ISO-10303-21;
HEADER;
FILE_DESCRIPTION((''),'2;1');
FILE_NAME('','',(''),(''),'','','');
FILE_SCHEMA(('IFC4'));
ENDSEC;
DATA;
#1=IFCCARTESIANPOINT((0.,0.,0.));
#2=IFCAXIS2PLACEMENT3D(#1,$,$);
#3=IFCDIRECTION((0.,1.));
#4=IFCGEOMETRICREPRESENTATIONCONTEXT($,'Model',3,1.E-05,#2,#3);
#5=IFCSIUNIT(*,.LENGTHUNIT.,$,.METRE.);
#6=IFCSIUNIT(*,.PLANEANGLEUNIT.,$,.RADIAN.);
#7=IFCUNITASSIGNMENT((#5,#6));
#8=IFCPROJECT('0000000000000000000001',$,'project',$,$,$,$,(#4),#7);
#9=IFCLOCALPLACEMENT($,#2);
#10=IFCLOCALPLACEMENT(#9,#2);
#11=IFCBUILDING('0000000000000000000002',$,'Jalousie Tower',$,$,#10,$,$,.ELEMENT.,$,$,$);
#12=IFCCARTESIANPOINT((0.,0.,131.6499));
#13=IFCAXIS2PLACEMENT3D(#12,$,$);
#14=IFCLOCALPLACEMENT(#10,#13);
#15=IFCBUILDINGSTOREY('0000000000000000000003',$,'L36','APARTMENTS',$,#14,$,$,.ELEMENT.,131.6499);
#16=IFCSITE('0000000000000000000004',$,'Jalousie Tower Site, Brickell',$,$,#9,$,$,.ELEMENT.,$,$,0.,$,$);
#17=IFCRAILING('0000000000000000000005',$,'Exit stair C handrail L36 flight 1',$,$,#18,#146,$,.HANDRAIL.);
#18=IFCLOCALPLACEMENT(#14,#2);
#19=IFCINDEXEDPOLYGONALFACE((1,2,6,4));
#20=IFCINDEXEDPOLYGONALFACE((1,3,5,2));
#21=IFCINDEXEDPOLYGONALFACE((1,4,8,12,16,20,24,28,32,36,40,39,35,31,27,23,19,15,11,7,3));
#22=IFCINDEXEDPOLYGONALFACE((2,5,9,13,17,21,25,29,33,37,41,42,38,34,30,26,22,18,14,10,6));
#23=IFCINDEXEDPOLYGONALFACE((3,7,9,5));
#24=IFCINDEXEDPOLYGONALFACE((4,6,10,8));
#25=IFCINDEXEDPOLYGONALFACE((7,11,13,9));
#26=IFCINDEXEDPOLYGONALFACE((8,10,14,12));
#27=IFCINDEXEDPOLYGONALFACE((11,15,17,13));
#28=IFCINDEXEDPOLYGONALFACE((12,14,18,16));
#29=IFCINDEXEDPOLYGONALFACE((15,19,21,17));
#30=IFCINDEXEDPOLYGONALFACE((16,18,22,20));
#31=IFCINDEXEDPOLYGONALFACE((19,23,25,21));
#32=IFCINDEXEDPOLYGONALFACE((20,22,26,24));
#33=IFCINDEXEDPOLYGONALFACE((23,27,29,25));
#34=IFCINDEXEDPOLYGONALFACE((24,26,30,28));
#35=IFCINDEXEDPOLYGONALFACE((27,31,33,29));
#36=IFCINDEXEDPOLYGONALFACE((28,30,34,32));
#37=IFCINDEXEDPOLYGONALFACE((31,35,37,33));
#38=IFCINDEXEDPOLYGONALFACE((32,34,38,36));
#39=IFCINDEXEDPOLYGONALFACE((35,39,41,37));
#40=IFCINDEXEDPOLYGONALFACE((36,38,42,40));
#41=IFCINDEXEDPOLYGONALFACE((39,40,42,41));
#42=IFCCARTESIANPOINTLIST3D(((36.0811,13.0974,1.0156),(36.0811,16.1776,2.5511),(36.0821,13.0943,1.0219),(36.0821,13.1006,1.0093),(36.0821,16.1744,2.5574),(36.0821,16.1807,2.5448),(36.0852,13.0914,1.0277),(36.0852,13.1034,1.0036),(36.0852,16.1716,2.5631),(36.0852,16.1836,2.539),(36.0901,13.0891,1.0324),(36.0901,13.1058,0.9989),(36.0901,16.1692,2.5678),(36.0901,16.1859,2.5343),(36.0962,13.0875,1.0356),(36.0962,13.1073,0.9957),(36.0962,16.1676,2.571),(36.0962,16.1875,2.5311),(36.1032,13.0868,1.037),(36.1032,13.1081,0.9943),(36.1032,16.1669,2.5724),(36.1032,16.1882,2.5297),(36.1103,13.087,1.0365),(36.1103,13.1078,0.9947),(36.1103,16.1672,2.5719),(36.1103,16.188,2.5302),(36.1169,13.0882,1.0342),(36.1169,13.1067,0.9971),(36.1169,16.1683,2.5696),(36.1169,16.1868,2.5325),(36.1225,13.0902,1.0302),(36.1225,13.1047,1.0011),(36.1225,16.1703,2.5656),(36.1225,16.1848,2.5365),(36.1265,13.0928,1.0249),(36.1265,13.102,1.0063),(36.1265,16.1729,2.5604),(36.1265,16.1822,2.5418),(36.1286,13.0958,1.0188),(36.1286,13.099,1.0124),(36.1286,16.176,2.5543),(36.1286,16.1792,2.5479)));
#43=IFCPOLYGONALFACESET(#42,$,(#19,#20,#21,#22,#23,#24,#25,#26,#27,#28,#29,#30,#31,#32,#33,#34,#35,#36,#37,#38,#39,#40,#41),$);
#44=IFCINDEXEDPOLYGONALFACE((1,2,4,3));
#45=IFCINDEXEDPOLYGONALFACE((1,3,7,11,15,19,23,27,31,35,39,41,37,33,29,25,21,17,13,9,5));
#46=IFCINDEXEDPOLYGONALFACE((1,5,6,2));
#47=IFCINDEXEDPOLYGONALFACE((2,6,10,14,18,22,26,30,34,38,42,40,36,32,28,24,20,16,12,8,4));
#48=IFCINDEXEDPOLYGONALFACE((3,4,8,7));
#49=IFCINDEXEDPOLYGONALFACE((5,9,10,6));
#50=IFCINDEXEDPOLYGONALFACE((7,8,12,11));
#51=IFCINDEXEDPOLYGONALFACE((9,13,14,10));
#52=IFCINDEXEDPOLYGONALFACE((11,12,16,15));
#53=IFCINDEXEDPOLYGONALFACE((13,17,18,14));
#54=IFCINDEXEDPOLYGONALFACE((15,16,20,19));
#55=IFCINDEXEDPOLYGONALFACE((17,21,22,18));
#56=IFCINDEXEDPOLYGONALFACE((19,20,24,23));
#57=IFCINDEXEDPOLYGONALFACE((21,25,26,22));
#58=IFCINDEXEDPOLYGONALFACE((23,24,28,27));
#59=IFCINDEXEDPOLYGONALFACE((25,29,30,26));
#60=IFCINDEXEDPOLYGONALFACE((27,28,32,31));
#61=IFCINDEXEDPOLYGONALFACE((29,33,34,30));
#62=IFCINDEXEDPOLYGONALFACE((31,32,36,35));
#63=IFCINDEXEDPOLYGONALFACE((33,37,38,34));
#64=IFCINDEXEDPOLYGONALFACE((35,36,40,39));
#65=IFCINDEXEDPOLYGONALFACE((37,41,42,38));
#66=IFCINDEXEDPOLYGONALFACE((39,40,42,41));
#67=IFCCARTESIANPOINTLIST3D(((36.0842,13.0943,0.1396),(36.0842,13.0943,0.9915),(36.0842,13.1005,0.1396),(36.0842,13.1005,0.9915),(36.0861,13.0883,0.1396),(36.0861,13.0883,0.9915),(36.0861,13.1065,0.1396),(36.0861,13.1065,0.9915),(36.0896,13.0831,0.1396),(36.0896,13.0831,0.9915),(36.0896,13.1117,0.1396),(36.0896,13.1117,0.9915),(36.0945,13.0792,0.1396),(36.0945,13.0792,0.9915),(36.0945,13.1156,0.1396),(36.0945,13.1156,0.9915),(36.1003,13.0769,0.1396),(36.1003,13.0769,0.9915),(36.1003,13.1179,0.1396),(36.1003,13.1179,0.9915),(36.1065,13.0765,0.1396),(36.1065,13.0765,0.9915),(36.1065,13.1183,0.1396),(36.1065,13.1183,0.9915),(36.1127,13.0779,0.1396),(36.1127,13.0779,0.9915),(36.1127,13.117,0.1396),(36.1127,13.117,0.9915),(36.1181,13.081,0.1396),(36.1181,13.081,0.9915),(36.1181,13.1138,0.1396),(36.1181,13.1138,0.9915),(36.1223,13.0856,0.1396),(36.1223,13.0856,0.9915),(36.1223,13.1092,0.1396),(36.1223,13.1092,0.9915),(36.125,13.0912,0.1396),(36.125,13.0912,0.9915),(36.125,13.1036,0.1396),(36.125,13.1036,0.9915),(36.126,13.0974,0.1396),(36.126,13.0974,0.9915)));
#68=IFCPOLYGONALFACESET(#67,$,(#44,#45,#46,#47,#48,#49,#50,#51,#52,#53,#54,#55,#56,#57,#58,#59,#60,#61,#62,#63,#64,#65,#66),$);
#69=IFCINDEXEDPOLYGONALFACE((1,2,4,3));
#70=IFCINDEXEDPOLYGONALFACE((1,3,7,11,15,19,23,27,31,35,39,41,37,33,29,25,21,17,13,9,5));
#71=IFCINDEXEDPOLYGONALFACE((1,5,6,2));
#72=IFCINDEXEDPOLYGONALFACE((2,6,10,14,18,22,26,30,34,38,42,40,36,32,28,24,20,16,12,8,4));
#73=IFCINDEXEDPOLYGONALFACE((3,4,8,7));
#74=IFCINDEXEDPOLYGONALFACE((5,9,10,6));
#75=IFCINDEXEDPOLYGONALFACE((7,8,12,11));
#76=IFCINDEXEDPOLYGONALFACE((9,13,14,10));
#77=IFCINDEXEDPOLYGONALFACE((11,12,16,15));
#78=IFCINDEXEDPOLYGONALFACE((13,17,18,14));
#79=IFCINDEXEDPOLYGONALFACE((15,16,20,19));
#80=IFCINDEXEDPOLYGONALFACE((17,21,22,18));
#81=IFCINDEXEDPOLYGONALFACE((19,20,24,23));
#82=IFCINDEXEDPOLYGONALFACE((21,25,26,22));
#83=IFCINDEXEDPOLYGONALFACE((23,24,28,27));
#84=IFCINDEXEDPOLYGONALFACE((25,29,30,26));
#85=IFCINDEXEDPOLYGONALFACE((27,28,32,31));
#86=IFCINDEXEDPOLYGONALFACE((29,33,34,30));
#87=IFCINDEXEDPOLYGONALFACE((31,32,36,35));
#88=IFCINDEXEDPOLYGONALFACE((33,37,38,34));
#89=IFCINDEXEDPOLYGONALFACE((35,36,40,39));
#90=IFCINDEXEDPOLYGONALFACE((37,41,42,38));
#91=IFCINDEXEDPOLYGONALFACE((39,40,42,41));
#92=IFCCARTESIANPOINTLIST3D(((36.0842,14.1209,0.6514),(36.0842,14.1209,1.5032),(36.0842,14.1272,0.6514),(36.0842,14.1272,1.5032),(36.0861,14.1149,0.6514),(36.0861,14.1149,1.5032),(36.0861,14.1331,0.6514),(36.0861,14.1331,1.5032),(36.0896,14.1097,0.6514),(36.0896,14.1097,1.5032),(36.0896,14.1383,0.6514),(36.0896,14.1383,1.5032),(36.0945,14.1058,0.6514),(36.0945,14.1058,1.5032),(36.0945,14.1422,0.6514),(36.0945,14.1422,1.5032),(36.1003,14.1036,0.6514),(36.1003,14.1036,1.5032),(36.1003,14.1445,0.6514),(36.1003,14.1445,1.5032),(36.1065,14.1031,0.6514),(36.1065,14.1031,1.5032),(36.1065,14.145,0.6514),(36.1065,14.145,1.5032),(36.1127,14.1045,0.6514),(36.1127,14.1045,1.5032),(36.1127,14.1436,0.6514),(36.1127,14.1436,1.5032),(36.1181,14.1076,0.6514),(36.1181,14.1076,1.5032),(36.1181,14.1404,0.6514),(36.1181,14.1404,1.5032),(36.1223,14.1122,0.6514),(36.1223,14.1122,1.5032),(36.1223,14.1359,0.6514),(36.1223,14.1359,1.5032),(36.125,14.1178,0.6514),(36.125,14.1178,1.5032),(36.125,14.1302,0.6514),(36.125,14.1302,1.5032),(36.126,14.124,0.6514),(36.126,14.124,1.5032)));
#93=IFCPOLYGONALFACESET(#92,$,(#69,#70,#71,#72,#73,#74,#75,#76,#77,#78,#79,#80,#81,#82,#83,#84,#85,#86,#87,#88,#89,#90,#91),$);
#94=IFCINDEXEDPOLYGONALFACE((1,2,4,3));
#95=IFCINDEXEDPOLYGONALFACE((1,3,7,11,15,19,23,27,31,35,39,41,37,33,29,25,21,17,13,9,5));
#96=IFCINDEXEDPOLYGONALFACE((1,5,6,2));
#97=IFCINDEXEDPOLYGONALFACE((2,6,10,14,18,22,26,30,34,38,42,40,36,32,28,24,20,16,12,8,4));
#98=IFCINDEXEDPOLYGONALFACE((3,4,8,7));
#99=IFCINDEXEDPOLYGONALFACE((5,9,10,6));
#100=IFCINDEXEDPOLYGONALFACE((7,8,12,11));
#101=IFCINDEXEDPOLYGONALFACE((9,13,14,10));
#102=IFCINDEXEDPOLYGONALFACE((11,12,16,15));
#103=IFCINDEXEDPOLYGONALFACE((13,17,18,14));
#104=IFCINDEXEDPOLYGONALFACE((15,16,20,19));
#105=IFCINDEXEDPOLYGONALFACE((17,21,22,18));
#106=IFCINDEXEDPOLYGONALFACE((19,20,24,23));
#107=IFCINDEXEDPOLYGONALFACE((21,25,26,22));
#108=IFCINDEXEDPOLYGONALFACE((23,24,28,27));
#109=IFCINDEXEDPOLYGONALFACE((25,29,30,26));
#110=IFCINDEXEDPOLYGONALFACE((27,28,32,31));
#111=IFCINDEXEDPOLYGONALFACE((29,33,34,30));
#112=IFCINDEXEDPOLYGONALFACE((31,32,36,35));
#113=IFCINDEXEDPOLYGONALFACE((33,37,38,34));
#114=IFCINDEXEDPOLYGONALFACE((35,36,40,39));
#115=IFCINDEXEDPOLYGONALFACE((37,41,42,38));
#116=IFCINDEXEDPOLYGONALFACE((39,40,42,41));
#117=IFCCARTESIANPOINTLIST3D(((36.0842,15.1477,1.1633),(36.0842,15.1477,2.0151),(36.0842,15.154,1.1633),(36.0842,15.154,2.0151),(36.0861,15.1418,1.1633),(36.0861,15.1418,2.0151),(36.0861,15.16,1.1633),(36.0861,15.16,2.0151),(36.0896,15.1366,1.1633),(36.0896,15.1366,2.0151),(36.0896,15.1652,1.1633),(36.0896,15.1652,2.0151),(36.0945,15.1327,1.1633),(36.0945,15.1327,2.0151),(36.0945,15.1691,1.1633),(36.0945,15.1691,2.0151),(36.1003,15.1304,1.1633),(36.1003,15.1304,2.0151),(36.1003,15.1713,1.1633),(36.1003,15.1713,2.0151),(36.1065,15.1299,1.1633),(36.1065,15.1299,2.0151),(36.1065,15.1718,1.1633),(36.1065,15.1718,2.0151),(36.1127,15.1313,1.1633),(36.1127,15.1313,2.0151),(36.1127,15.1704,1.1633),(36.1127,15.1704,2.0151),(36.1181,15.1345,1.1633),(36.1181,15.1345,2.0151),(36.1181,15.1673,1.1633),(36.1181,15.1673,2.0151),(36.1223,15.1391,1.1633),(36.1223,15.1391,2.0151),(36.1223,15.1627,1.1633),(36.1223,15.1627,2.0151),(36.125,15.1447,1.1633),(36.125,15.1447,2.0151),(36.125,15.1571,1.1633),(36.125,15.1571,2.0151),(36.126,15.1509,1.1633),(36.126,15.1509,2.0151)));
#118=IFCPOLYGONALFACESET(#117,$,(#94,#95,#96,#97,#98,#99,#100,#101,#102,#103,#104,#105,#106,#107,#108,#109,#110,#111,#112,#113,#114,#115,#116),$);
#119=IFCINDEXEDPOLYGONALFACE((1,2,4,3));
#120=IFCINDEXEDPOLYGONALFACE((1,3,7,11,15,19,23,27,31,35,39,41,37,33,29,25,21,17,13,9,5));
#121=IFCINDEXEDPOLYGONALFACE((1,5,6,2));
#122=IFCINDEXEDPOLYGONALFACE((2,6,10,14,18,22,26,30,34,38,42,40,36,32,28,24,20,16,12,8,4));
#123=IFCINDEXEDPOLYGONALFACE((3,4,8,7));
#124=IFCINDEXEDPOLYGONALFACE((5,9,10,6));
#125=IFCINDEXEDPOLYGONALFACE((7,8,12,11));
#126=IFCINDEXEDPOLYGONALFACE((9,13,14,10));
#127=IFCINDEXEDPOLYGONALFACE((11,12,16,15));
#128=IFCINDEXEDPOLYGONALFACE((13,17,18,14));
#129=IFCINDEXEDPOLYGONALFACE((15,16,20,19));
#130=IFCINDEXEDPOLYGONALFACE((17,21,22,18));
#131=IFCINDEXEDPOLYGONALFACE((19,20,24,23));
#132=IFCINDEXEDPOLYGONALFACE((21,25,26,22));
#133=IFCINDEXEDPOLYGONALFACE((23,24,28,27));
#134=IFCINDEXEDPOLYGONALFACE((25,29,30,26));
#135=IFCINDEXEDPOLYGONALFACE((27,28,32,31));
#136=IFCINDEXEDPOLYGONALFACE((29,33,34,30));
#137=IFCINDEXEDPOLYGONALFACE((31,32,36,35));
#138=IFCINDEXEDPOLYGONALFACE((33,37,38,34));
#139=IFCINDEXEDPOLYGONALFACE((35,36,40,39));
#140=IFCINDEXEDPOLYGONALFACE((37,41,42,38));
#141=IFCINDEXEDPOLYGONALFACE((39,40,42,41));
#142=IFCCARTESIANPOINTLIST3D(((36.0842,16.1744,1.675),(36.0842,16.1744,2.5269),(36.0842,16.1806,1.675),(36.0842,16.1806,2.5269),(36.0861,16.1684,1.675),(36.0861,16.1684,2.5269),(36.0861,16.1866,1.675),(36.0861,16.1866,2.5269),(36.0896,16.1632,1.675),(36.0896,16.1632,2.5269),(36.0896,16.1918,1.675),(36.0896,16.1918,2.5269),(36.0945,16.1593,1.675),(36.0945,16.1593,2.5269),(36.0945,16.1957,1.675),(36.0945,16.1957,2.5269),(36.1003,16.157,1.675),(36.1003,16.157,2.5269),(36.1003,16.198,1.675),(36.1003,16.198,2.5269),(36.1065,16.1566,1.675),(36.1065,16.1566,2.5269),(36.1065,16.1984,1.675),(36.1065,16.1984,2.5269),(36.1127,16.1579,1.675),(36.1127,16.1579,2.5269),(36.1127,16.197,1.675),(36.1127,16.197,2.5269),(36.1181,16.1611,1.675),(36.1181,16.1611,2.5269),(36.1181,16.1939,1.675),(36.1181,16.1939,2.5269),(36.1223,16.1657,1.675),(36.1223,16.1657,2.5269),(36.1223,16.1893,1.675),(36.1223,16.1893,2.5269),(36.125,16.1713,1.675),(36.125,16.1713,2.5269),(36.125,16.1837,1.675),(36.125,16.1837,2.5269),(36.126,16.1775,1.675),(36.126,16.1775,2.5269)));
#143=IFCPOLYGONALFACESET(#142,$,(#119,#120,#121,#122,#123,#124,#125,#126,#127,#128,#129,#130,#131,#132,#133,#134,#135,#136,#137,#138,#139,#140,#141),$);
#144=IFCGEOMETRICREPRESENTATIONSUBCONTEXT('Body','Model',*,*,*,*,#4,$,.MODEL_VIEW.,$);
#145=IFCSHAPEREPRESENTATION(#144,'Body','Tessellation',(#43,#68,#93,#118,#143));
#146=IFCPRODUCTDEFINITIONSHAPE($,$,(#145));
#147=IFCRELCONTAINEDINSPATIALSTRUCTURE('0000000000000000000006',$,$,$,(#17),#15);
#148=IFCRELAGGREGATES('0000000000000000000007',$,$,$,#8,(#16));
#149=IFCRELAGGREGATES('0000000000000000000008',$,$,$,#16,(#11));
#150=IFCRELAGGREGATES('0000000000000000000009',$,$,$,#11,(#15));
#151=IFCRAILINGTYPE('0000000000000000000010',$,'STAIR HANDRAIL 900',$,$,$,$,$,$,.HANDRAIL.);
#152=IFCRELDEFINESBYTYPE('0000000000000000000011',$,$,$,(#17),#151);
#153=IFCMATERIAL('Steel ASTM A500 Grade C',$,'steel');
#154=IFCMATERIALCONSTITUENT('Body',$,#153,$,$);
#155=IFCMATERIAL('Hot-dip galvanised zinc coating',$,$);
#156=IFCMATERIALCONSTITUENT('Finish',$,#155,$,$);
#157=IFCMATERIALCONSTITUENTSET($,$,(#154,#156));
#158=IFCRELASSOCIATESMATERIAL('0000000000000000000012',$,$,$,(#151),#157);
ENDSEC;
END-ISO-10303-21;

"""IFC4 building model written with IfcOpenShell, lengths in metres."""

from ifc_helpers import new_model, si_unit, direction, frame, origin, origin_2d, place, context, subcontext, project, spatial, circle, extrude, material, constituent, constituent_set, type_object, element, save


model = new_model("IFC4")

# Units and contexts
model_context = context("Model", 3, precision=1e-05, world=origin(), true_north=direction((0.0, 1.0)))
body_context = subcontext(model_context, "Body", "Model", "MODEL_VIEW")
ifc_project = project(units=[si_unit("LENGTHUNIT", "METRE"), si_unit("PLANEANGLEUNIT", "RADIAN")], contexts=[model_context])

# Site, building, storey
site_placement = place(None, origin())
site = spatial("IfcSite", under=ifc_project, at=site_placement, Name="Jalousie Tower Site, Brickell", CompositionType="ELEMENT", RefElevation=0.0)
building_placement = place(site_placement, origin())
building = spatial("IfcBuilding", under=site, at=building_placement, Name="Jalousie Tower", CompositionType="ELEMENT")
storey_placement = place(building_placement, frame((0.0, 0.0, 131.6499)))
storey = spatial("IfcBuildingStorey", under=building, at=storey_placement, Name="L36", Description="APARTMENTS", CompositionType="ELEMENT", Elevation=131.6499)

# Railing
ifc_material_1 = material(Name="Steel ASTM A500 Grade C", Category="steel")
ifc_constituent_1 = constituent(ifc_material_1, Name="Body")
ifc_material_2 = material(Name="Hot-dip galvanised zinc coating")
ifc_constituent_2 = constituent(ifc_material_2, Name="Finish")
ifc_constituent_set_1 = constituent_set(constituents=[ifc_constituent_1, ifc_constituent_2])
railing_type_1 = type_object("IfcRailingType", Name="STAIR HANDRAIL 900", PredefinedType="HANDRAIL", material=ifc_constituent_set_1)
railing_1_placement = place(storey_placement, frame((36.105, 13.0974, 0.1396)))
element("IfcRailing", 1, at=railing_1_placement, inside=storey, type_object=railing_type_1, Name="Exit stair C handrail L36 flight 1", PredefinedType="HANDRAIL", context=body_context, shape_type="SweptSolid", body=[
    extrude(circle(Radius=0.0239, at=origin_2d()), frame((0.0, 0.0, 0.876), z_axis=(0.0, 0.894966, 0.446135), x_axis=(-1.0, 0.0, 0.0)), (0.0, 0.0, 1.0), 3.4417),
    extrude(circle(Radius=0.021, at=origin_2d()), origin(), (0.0, 0.0, 1.0), 0.8518),
    extrude(circle(Radius=0.021, at=origin_2d()), frame((0.0, 1.0266, 0.5117)), (0.0, 0.0, 1.0), 0.8518),
    extrude(circle(Radius=0.021, at=origin_2d()), frame((0.0, 2.0535, 1.0237)), (0.0, 0.0, 1.0), 0.8518),
    extrude(circle(Radius=0.021, at=origin_2d()), frame((0.0, 3.0801, 1.5354)), (0.0, 0.0, 1.0), 0.8518),
])

save(model, "model.ifc")
